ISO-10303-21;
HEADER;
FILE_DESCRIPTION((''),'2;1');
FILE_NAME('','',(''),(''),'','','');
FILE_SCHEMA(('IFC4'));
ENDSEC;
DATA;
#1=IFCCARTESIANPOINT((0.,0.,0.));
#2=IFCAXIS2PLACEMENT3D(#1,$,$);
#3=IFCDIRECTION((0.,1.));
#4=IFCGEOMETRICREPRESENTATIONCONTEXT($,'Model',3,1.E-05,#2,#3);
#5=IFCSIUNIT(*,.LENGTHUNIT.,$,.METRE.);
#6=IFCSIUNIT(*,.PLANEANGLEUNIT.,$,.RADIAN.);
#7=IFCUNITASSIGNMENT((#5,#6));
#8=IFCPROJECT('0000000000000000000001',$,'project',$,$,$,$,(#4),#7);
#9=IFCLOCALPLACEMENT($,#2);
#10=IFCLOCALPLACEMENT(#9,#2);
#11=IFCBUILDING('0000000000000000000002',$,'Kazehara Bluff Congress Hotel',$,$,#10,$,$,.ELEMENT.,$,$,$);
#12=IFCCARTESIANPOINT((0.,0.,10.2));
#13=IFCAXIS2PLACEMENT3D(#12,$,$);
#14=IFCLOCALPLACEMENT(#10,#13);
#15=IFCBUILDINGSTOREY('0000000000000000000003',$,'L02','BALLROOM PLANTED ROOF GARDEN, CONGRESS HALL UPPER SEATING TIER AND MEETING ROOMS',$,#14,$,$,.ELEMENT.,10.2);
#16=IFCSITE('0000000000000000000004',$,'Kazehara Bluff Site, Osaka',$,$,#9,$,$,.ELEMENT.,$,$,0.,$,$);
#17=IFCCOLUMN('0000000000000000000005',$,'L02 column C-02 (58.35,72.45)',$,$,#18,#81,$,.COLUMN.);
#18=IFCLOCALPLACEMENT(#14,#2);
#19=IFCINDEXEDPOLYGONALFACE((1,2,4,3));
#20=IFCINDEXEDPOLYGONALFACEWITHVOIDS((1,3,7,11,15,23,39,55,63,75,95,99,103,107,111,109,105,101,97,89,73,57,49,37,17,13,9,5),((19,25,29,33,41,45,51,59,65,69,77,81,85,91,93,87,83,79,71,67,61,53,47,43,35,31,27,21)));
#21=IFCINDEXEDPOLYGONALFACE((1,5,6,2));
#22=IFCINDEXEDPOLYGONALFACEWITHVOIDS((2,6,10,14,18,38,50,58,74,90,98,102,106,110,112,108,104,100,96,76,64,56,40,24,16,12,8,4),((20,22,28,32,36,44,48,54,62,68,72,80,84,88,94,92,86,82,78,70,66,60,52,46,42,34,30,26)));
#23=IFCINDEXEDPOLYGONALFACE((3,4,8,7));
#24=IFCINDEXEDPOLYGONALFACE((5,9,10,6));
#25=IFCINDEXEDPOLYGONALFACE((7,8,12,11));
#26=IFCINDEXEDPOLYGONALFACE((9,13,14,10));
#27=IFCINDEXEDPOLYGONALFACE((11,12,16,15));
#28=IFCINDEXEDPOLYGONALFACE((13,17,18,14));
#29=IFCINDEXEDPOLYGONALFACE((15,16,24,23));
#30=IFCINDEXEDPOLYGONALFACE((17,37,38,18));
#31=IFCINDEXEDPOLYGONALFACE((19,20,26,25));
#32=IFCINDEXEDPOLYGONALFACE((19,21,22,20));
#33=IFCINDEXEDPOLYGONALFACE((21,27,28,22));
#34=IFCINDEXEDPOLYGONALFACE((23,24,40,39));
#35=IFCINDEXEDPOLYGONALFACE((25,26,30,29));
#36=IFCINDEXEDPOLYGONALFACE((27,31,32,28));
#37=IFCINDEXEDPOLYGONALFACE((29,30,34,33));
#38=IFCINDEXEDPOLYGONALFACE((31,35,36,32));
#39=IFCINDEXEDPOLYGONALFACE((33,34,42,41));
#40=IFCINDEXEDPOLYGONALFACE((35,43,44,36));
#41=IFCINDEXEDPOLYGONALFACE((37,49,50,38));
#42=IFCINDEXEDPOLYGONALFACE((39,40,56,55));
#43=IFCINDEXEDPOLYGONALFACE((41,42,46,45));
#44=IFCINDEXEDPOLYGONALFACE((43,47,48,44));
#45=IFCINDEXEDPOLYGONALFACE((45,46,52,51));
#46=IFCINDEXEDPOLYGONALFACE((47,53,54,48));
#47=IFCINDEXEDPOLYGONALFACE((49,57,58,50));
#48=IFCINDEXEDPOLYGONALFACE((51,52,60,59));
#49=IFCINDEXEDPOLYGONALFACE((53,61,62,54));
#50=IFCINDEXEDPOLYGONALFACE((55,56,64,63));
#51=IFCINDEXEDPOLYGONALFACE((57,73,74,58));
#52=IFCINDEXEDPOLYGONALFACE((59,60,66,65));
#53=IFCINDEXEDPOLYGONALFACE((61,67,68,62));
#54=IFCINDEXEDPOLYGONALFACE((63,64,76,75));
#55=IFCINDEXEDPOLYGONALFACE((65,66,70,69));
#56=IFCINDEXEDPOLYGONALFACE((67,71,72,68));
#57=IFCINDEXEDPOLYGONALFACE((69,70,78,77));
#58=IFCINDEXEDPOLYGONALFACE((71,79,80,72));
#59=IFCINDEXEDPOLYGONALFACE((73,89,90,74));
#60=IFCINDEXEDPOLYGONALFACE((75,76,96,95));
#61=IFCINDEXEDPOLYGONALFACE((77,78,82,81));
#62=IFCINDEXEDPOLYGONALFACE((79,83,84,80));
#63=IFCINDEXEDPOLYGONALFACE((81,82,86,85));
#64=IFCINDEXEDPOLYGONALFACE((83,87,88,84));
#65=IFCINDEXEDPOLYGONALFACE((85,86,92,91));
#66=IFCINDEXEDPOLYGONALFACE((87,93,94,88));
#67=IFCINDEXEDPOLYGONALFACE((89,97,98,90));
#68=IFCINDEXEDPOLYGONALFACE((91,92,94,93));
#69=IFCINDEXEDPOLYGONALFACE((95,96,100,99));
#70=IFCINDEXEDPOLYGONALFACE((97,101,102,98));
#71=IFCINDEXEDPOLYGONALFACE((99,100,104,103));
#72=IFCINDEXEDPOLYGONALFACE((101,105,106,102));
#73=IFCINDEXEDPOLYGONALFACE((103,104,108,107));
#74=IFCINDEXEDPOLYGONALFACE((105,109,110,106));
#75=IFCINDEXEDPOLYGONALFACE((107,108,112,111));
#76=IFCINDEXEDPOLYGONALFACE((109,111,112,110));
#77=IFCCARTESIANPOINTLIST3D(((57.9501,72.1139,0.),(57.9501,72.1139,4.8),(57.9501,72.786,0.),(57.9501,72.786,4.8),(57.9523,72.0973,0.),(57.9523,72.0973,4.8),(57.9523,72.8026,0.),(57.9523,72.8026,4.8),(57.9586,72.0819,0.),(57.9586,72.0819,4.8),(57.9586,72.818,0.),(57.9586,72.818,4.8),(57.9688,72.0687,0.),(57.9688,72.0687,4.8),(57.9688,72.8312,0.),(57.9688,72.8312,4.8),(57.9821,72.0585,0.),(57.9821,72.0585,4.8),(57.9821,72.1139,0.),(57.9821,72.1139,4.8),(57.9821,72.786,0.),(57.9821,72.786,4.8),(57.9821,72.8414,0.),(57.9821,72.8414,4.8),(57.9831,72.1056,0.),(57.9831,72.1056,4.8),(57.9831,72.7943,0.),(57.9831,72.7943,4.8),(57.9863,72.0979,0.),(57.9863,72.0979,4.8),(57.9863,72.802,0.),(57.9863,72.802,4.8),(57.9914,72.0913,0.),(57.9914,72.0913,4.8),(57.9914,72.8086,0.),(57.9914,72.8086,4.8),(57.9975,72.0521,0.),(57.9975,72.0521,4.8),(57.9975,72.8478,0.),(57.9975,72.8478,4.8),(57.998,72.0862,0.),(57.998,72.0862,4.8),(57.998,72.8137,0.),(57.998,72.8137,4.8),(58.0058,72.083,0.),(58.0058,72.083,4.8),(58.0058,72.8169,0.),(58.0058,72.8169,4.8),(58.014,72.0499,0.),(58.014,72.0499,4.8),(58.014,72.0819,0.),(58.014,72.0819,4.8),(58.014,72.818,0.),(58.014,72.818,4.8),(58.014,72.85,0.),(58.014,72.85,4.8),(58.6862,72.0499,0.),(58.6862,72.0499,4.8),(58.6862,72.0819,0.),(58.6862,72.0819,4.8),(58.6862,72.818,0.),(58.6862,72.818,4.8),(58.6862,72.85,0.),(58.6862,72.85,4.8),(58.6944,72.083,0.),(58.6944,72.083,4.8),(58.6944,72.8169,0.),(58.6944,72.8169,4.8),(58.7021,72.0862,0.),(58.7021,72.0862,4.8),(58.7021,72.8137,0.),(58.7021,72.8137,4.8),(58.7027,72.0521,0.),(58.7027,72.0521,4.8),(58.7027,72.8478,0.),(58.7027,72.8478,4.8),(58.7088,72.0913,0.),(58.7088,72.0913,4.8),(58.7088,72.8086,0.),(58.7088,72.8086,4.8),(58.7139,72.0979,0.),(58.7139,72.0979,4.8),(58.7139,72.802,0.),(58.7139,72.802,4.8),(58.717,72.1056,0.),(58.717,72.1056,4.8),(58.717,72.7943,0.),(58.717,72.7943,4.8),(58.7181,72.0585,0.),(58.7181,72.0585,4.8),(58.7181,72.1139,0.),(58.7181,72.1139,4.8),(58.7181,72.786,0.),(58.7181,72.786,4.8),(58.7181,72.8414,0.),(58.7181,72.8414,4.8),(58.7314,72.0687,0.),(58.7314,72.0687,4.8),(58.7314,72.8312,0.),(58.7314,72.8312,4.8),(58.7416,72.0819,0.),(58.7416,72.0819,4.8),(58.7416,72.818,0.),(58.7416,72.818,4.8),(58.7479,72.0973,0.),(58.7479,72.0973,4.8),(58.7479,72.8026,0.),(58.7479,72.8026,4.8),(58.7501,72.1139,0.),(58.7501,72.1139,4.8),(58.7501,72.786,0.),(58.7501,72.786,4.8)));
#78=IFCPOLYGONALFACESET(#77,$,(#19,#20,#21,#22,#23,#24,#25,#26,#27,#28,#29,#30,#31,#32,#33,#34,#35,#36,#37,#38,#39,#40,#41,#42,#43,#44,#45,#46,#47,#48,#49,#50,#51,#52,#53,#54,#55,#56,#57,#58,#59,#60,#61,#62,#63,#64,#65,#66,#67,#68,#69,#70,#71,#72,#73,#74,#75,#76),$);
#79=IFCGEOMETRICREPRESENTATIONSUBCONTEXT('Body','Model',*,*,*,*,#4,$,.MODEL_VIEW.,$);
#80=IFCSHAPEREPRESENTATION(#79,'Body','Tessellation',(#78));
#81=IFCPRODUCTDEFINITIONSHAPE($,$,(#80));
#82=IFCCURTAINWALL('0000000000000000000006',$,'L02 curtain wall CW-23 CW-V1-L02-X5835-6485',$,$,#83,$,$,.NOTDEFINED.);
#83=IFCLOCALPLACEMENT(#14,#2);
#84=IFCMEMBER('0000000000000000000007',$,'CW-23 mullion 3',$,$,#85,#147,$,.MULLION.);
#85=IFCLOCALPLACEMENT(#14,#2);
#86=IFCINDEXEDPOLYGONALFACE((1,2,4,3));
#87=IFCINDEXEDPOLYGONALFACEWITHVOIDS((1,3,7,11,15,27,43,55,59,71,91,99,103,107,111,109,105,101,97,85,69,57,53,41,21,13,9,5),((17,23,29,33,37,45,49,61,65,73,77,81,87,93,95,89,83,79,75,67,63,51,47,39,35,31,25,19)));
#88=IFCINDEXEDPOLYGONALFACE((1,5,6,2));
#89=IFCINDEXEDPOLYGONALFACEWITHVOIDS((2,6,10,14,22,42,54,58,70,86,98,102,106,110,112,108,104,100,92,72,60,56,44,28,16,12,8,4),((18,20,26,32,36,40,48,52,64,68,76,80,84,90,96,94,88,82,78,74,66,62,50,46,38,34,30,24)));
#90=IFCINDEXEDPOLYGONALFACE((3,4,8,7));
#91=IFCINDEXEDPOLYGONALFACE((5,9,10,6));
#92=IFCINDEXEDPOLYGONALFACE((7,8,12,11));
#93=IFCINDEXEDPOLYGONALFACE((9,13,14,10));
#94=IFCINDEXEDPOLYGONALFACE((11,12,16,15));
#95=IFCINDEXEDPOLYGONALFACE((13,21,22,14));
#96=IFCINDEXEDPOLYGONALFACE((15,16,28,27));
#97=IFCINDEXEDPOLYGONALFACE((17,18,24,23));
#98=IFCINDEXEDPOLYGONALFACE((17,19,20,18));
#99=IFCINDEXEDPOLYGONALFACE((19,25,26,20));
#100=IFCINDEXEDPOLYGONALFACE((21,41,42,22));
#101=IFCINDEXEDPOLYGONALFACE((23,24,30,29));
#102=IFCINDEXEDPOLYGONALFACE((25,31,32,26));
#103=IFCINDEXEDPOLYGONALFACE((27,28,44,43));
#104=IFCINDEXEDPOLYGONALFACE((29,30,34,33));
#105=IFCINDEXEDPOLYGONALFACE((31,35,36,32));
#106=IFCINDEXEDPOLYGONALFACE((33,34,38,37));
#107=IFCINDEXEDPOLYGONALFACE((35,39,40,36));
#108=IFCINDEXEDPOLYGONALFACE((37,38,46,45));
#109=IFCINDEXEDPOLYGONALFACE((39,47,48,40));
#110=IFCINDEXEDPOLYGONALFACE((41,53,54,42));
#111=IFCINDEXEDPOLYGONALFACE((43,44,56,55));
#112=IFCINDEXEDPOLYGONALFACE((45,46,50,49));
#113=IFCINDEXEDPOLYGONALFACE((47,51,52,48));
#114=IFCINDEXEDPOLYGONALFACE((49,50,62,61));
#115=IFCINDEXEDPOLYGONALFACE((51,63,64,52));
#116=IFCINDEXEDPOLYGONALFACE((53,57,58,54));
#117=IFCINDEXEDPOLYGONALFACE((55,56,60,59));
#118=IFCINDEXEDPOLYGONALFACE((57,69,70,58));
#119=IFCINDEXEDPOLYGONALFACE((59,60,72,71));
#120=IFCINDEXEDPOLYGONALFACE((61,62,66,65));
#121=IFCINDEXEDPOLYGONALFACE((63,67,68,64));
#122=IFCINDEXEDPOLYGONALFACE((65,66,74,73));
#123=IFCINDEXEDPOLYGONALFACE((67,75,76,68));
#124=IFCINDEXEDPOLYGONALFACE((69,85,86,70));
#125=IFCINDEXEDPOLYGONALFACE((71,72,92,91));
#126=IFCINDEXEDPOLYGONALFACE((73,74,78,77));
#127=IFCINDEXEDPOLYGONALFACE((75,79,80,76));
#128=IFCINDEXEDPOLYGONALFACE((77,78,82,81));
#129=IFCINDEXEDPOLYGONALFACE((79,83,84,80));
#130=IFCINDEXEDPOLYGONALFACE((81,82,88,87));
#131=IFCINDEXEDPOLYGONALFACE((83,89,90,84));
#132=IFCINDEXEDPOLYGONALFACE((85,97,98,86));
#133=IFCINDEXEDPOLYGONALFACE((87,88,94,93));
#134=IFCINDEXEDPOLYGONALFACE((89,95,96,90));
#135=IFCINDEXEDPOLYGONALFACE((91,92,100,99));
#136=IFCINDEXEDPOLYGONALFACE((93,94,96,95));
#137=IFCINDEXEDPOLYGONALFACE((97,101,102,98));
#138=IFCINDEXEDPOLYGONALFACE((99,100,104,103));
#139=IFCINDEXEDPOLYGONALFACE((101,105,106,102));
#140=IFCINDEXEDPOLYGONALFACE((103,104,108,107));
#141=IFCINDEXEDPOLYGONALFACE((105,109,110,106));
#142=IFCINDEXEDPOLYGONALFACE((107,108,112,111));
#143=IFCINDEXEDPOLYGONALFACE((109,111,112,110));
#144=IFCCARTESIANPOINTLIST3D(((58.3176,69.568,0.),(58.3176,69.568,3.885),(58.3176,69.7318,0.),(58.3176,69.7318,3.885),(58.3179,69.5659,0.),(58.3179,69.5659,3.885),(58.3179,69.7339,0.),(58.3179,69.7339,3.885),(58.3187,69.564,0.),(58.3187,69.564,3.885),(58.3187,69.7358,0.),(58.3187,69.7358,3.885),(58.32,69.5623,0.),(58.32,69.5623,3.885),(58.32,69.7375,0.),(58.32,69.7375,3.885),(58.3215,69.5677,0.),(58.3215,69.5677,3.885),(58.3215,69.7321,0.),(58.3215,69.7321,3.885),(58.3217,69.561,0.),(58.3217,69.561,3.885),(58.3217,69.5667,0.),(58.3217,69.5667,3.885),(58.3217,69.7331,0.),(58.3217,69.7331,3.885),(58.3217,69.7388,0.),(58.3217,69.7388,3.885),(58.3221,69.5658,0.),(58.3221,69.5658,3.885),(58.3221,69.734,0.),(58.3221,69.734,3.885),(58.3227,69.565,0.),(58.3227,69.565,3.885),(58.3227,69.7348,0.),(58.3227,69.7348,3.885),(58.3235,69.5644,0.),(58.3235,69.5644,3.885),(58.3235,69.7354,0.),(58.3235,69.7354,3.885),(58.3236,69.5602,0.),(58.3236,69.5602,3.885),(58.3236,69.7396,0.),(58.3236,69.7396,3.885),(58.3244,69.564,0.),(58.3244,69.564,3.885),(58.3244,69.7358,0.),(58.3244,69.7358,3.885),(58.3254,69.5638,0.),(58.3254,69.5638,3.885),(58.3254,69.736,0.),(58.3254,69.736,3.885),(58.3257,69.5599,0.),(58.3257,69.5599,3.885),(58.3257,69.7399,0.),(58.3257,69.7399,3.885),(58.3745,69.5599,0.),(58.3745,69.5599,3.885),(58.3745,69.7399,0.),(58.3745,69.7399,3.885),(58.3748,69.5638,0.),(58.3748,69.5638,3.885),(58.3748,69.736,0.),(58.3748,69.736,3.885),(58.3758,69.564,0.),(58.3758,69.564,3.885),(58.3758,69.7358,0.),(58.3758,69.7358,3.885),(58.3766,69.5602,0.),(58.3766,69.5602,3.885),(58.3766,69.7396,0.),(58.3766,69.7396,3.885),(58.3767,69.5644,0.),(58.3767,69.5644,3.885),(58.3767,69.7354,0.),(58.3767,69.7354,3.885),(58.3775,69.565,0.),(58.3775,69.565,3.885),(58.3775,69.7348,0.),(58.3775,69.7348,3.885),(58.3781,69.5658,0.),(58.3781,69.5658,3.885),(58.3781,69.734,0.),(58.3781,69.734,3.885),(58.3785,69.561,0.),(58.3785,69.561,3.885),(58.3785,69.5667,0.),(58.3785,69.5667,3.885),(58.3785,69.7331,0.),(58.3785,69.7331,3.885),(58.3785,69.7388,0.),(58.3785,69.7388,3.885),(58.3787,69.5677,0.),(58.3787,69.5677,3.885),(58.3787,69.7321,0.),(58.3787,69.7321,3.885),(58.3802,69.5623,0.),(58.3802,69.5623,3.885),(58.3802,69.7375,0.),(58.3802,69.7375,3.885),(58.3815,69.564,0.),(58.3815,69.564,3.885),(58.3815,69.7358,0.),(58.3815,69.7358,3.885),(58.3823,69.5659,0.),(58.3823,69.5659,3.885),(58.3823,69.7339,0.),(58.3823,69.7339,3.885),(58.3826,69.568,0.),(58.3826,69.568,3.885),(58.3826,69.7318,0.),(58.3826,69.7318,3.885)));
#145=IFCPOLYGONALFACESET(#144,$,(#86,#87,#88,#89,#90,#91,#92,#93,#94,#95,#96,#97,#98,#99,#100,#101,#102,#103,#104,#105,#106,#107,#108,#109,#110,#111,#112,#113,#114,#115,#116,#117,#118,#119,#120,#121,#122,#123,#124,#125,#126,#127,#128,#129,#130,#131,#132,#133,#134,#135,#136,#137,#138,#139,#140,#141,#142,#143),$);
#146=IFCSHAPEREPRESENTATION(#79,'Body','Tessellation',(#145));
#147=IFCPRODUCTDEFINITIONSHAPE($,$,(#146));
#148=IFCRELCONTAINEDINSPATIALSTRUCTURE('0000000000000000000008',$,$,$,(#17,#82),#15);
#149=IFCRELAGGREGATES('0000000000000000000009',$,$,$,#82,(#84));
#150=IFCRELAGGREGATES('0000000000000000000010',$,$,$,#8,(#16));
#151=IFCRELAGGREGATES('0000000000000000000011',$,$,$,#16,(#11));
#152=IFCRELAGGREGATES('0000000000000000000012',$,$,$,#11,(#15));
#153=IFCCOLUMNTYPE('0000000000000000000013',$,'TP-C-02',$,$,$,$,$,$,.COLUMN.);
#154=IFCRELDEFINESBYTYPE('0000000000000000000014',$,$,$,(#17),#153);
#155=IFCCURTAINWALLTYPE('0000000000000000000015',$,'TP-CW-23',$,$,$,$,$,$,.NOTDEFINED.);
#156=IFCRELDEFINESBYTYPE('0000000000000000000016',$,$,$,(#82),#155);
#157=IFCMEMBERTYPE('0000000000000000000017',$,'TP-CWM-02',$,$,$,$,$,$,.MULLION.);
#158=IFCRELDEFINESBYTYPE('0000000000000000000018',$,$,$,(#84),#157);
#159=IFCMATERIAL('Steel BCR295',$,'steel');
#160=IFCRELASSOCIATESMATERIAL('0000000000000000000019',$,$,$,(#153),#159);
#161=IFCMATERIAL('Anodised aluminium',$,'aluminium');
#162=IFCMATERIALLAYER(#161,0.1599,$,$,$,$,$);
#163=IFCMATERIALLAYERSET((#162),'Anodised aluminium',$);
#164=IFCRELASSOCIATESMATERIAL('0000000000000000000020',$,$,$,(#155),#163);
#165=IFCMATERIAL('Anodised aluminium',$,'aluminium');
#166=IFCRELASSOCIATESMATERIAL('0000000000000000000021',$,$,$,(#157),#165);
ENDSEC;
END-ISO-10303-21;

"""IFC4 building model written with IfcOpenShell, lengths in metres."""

from ifc_helpers import new_model, si_unit, direction, frame, origin, origin_2d, place, context, subcontext, project, spatial, hollow_rectangle, extrude, material, layer, layer_set, material_profile, profile_set, type_object, element, aggregate, save


model = new_model("IFC4")

# Units and contexts
model_context = context("Model", 3, precision=1e-05, world=origin(), true_north=direction((0.0, 1.0)))
body_context = subcontext(model_context, "Body", "Model", "MODEL_VIEW")
ifc_project = project(units=[si_unit("LENGTHUNIT", "METRE"), si_unit("PLANEANGLEUNIT", "RADIAN")], contexts=[model_context])

# Site, building, storey
site_placement = place(None, origin())
site = spatial("IfcSite", under=ifc_project, at=site_placement, Name="Kazehara Bluff Site, Osaka", CompositionType="ELEMENT", RefElevation=0.0)
building_placement = place(site_placement, origin())
building = spatial("IfcBuilding", under=site, at=building_placement, Name="Kazehara Bluff Congress Hotel", CompositionType="ELEMENT")
storey_placement = place(building_placement, frame((0.0, 0.0, 10.2)))
storey = spatial("IfcBuildingStorey", under=building, at=storey_placement, Name="L02", Description="BALLROOM PLANTED ROOF GARDEN, CONGRESS HALL UPPER SEATING TIER AND MEETING ROOMS", CompositionType="ELEMENT", Elevation=10.2)

# Column
ifc_material_1 = material(Name="Steel BCR295", Category="steel")
ifc_material_profile_1 = material_profile(ifc_material_1, hollow_rectangle(XDim=0.8, YDim=0.8, WallThickness=0.032, InnerFilletRadius=0.032, OuterFilletRadius=0.064, at=origin_2d()))
ifc_profile_set_1 = profile_set([ifc_material_profile_1], Name="Steel BCR295")
column_type = type_object("IfcColumnType", Name="TP-C-02", PredefinedType="COLUMN", material=ifc_profile_set_1)
column_placement = place(storey_placement, frame((58.3501, 72.45, 0.0), z_axis=(0.0, 0.0, 1.0), x_axis=(1.0, 0.0, 0.0)))
element("IfcColumn", 1, at=column_placement, inside=storey, type_object=column_type, Name="L02 column C-02 (58.35,72.45)", PredefinedType="COLUMN", context=body_context, shape_type="SweptSolid", body=[
    extrude(hollow_rectangle(XDim=0.8, YDim=0.8, WallThickness=0.032, InnerFilletRadius=0.032, OuterFilletRadius=0.064, at=origin_2d()), origin(), (0.0, 0.0, 1.0), 4.8),
])

# Curtain wall, member
ifc_material_2 = material(Name="Anodised aluminium", Category="aluminium")
ifc_layer_1 = layer(ifc_material_2, 0.1599)
ifc_layer_set_1 = layer_set([ifc_layer_1], Name="Anodised aluminium")
curtain_wall_type_1 = type_object("IfcCurtainWallType", Name="TP-CW-23", PredefinedType="NOTDEFINED", material=ifc_layer_set_1)
curtain_wall_1_placement = place(storey_placement, origin())
curtain_wall_1 = element("IfcCurtainWall", 2, at=curtain_wall_1_placement, inside=storey, type_object=curtain_wall_type_1, Name="L02 curtain wall CW-23 CW-V1-L02-X5835-6485", PredefinedType="NOTDEFINED")
ifc_material_3 = material(Name="Anodised aluminium", Category="aluminium")
ifc_material_profile_2 = material_profile(ifc_material_3, hollow_rectangle(XDim=0.0649, YDim=0.1799, WallThickness=0.0039, InnerFilletRadius=0.0039, OuterFilletRadius=0.0081, at=origin_2d()))
ifc_profile_set_2 = profile_set([ifc_material_profile_2], Name="Anodised aluminium")
member_type_1 = type_object("IfcMemberType", Name="TP-CWM-02", PredefinedType="MULLION", material=ifc_profile_set_2)
member_1_placement = place(storey_placement, frame((58.3501, 69.6499, 0.0), z_axis=(0.0, 0.0, 1.0), x_axis=(-1.0, 0.0, 0.0)))
member_1 = element("IfcMember", 3, at=member_1_placement, type_object=member_type_1, Name="CW-23 mullion 3", PredefinedType="MULLION", context=body_context, shape_type="SweptSolid", body=[
    extrude(hollow_rectangle(XDim=0.0649, YDim=0.1799, WallThickness=0.0039, InnerFilletRadius=0.0039, OuterFilletRadius=0.0081, at=origin_2d()), origin(), (0.0, 0.0, 1.0), 3.885),
])

aggregate(curtain_wall_1, [member_1])

save(model, "model.ifc")
